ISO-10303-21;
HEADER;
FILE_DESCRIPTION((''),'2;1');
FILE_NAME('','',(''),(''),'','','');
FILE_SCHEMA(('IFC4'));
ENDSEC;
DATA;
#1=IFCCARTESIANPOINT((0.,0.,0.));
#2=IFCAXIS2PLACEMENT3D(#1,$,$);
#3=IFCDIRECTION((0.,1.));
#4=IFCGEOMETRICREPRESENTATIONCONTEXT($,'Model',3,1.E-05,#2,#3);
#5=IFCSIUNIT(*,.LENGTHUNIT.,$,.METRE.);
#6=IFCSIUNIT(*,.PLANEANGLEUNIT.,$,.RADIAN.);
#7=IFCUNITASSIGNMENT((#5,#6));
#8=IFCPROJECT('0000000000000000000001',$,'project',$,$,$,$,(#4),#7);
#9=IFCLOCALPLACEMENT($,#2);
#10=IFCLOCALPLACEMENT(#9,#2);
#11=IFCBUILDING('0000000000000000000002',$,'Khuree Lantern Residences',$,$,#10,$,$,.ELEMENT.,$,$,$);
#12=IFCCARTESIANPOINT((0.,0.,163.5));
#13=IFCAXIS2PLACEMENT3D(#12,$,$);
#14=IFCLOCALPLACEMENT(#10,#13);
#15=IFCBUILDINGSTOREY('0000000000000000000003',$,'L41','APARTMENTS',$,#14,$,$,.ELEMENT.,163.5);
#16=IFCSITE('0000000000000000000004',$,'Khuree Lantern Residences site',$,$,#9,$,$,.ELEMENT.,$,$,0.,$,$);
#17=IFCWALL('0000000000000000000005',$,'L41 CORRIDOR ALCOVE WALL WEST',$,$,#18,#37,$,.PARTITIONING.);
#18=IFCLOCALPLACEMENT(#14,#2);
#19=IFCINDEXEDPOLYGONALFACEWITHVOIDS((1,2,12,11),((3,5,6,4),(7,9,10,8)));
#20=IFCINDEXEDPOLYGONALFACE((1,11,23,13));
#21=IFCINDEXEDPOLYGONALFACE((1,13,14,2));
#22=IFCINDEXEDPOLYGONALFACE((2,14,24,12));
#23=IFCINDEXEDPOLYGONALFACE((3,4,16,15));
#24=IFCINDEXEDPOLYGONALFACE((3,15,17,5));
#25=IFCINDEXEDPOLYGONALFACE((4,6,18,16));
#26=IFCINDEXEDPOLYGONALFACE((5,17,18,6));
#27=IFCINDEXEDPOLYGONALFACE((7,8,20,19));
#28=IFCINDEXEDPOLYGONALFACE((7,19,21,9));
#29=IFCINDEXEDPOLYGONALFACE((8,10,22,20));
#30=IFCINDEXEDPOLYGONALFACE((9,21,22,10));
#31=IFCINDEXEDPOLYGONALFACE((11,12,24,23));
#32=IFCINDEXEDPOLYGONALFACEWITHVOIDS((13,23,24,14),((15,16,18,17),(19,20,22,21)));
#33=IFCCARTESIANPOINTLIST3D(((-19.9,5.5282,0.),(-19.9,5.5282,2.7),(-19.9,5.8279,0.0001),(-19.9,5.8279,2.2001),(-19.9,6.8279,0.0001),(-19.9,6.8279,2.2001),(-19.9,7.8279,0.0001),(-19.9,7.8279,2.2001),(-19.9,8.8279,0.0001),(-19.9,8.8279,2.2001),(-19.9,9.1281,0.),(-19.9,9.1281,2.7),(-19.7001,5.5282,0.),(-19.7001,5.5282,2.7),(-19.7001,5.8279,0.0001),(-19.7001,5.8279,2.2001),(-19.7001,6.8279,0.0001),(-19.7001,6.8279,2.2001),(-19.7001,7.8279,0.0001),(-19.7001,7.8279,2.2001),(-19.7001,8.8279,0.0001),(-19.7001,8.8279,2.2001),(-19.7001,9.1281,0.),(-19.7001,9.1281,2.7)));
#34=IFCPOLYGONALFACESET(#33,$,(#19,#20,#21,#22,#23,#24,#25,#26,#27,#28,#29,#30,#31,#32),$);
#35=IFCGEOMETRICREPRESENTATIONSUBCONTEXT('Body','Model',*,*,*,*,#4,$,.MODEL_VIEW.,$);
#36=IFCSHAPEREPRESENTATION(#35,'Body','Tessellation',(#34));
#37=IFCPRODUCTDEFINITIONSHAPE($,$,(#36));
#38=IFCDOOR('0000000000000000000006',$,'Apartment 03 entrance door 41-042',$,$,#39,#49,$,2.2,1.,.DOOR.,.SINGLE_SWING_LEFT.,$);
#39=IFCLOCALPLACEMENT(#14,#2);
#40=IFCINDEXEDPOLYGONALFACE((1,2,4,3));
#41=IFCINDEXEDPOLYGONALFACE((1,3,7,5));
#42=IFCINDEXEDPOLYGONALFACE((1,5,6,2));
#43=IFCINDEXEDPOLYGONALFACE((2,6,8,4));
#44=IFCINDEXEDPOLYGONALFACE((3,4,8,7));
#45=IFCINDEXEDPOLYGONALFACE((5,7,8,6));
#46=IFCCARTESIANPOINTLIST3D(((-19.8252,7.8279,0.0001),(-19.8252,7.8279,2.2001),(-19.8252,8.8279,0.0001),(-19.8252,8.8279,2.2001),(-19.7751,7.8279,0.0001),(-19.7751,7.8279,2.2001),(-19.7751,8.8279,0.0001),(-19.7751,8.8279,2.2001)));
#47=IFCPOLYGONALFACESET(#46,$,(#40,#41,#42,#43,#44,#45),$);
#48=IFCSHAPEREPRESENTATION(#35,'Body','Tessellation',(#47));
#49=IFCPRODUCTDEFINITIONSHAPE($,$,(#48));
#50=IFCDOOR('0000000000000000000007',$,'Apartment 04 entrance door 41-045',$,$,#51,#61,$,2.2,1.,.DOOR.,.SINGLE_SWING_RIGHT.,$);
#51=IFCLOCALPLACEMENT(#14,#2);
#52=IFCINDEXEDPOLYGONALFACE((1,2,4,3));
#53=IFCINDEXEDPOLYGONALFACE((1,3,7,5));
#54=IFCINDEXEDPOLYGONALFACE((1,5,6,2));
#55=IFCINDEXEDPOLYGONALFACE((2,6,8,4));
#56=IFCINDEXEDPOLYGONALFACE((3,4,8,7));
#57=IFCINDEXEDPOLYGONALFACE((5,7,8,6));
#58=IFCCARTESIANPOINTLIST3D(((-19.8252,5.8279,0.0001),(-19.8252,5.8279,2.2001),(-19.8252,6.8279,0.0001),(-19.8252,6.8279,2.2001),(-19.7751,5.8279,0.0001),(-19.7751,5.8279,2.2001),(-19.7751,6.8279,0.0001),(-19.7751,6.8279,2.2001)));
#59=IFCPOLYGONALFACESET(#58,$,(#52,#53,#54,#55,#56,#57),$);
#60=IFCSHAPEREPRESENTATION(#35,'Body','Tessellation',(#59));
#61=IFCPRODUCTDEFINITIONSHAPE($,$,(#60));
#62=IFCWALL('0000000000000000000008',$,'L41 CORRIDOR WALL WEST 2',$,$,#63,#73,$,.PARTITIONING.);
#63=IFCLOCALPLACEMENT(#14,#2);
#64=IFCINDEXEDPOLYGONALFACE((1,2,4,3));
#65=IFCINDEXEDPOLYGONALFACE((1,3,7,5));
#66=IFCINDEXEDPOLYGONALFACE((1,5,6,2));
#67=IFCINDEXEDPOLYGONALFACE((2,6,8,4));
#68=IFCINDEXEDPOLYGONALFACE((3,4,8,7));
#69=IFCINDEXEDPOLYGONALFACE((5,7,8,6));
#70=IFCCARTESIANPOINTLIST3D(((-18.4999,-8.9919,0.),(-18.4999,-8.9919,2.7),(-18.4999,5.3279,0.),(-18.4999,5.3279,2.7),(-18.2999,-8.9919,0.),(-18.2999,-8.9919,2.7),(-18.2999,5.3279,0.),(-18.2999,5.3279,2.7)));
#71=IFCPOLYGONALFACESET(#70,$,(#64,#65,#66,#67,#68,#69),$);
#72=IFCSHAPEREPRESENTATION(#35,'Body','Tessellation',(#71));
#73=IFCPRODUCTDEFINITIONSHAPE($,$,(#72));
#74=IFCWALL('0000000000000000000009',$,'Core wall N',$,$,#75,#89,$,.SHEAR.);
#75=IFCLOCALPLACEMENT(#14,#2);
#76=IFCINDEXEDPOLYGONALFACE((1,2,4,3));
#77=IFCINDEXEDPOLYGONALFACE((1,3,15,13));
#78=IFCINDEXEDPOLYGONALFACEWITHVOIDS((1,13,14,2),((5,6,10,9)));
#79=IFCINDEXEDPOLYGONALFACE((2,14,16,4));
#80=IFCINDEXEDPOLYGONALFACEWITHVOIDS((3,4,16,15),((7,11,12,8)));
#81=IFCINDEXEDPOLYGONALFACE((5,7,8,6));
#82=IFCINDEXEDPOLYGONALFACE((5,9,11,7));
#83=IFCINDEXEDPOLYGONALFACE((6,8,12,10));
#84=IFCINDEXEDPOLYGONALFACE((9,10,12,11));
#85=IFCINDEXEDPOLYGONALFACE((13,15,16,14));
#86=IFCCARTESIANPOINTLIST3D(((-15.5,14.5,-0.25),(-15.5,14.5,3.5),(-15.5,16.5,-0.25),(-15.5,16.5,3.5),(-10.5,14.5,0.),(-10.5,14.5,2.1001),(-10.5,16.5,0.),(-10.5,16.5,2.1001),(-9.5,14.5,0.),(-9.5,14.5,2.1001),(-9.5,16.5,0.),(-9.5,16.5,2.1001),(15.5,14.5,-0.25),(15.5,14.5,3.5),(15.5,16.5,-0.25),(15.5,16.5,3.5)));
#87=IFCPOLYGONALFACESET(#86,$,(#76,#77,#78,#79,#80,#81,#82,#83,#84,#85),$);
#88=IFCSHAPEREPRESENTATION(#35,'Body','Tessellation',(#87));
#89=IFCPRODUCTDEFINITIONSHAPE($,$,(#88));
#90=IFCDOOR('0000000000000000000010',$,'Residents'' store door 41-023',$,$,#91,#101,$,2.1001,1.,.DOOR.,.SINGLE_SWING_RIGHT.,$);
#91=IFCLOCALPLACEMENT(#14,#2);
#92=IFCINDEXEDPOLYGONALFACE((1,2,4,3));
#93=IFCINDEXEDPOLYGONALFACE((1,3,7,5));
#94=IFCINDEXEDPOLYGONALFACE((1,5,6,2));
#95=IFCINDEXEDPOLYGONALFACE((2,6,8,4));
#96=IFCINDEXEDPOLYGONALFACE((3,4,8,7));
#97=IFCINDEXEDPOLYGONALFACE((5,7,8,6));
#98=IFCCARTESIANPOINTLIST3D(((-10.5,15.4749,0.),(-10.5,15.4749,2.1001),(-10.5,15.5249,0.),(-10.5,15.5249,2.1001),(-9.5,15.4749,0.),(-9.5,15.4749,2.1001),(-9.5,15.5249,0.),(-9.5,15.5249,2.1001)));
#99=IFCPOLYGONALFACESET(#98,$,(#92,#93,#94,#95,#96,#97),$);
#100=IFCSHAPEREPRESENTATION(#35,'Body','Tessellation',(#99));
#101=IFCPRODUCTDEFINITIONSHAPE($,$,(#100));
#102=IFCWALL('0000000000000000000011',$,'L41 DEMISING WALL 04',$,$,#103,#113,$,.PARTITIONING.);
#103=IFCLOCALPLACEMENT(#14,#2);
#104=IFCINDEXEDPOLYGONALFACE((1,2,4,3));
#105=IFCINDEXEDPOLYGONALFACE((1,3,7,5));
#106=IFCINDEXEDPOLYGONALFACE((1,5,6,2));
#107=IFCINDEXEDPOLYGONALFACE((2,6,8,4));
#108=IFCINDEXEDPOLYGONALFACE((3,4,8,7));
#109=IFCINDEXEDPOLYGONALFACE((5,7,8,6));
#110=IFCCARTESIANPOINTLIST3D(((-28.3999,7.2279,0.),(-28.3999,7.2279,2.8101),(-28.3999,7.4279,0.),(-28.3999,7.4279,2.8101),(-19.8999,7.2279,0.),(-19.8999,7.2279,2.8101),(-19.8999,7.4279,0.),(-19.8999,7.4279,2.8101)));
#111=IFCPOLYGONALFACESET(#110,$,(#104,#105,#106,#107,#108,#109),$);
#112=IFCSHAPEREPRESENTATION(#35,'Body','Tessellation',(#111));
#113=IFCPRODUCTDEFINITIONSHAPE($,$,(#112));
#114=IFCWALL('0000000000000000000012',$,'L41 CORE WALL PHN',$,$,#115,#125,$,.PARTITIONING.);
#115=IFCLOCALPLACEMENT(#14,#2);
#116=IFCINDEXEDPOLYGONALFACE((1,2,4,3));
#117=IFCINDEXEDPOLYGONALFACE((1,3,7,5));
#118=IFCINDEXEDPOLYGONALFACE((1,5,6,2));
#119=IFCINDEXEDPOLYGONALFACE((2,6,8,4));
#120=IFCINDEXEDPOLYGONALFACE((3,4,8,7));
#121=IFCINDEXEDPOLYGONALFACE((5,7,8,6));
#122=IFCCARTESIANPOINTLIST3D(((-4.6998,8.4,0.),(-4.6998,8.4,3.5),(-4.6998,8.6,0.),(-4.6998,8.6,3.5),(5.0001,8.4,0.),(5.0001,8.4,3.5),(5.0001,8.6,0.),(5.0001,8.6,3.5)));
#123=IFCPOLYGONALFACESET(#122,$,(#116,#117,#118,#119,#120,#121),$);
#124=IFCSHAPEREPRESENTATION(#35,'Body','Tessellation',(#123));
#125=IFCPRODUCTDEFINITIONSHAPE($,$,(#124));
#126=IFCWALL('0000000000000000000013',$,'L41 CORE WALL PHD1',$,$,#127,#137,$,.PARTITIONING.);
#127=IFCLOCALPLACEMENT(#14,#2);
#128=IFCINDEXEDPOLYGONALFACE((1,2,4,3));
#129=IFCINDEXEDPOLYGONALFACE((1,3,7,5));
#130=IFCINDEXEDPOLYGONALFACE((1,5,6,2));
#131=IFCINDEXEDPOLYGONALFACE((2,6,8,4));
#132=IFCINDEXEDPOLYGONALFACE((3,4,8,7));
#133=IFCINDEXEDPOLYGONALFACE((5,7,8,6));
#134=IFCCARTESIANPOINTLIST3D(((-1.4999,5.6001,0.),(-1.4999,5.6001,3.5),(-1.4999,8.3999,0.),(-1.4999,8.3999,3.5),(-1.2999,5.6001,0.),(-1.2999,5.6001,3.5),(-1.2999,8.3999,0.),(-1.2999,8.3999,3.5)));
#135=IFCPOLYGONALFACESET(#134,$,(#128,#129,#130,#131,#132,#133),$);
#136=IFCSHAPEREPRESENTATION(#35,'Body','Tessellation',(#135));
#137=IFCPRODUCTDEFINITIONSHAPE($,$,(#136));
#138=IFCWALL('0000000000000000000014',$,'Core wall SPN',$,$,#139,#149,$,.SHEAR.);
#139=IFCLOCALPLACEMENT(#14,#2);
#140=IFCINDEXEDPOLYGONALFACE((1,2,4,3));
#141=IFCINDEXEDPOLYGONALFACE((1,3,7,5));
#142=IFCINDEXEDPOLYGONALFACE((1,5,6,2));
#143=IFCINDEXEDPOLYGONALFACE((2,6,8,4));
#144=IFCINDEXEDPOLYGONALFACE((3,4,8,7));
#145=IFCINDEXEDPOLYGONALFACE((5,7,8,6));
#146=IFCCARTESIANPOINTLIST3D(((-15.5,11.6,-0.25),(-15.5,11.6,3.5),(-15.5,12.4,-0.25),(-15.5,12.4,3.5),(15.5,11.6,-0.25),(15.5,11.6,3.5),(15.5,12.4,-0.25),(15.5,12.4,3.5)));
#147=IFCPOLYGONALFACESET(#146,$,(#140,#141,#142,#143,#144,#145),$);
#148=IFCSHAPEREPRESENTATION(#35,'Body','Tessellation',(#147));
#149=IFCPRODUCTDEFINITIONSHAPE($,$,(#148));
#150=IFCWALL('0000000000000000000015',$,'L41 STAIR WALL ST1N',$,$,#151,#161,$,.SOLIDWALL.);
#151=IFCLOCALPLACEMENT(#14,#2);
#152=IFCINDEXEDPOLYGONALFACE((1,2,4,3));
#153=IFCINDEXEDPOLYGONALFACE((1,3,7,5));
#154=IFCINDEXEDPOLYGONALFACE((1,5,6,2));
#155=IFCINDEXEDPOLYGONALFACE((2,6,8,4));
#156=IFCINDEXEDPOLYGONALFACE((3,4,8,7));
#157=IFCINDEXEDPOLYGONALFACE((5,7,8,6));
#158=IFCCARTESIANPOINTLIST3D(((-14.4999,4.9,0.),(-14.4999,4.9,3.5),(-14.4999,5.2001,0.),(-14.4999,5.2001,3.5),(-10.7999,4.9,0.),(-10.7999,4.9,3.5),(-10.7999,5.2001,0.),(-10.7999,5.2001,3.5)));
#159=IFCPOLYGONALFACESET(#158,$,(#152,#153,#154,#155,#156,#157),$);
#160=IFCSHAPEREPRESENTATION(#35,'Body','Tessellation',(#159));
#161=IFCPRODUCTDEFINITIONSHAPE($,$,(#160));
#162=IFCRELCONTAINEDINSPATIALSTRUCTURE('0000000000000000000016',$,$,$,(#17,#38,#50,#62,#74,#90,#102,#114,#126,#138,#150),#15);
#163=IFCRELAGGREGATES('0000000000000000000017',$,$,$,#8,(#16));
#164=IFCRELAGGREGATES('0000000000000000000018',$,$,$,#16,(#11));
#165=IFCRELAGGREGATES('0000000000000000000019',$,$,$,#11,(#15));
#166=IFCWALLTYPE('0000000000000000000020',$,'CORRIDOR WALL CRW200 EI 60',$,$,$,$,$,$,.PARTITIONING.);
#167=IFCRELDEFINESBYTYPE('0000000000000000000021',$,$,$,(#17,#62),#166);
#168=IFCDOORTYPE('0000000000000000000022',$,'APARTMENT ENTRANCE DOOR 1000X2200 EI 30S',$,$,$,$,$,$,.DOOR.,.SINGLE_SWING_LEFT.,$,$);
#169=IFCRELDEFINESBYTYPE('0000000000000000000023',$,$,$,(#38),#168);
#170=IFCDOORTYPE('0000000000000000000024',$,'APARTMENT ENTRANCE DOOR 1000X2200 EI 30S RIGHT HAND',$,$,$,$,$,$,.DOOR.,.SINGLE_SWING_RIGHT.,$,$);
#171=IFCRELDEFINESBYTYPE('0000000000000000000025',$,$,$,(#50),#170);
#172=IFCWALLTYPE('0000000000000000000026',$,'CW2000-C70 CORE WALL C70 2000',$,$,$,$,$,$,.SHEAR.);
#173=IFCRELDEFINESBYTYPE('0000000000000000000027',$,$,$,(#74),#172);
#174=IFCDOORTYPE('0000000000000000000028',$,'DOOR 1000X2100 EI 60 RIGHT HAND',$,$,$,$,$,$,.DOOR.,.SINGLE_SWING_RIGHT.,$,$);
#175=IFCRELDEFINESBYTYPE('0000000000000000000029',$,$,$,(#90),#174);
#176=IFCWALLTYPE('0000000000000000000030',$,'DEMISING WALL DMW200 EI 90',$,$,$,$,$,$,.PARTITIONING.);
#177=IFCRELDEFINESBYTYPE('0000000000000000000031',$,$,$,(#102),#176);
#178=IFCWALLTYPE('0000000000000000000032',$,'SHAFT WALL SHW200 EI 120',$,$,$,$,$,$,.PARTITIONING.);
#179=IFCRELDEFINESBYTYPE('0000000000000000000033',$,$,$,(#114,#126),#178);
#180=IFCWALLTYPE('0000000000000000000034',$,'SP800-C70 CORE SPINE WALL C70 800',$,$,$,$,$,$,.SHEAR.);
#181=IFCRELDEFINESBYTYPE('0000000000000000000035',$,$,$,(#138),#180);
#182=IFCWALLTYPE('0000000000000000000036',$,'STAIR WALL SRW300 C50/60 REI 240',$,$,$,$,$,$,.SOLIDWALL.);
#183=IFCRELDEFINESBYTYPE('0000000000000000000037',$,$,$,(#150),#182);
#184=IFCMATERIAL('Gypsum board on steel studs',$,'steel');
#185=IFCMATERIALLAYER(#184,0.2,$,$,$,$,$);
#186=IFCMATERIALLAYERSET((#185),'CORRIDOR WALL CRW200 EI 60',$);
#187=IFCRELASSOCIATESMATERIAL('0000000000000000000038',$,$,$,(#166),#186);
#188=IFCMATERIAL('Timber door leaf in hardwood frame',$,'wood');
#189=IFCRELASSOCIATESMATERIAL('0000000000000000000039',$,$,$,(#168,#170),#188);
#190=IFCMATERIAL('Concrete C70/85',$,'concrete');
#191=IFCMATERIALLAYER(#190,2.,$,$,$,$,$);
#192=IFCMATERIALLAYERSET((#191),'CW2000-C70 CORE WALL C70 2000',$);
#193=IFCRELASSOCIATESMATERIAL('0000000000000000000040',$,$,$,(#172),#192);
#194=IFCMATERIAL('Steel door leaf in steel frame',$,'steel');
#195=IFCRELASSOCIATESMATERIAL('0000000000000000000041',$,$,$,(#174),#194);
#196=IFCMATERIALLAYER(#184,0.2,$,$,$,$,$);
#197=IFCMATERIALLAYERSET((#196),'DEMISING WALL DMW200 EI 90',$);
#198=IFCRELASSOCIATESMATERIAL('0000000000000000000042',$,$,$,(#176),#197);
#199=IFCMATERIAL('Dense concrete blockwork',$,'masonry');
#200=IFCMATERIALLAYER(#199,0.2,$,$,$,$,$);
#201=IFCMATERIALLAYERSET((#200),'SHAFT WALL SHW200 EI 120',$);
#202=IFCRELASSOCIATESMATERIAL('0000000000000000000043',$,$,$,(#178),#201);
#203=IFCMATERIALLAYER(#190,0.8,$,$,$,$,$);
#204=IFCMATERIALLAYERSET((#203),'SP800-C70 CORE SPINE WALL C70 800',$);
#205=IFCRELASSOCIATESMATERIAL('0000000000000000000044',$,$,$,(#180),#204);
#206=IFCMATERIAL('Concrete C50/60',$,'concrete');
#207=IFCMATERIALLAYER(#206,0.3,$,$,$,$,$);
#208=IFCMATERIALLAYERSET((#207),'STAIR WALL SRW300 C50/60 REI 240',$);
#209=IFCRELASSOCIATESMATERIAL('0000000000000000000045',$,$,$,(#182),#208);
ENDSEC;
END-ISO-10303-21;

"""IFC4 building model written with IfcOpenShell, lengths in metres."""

from ifc_helpers import new_model, si_unit, direction, frame, frame_2d, origin, place, context, subcontext, project, spatial, rectangle, extrude, material, layer, layer_set, type_object, element, fill, save


model = new_model("IFC4")

# Units and contexts
model_context = context("Model", 3, precision=1e-05, world=origin(), true_north=direction((0.0, 1.0)))
body_context = subcontext(model_context, "Body", "Model", "MODEL_VIEW")
ifc_project = project(units=[si_unit("LENGTHUNIT", "METRE"), si_unit("PLANEANGLEUNIT", "RADIAN")], contexts=[model_context])

# Site, building, storey
site_placement = place(None, origin())
site = spatial("IfcSite", under=ifc_project, at=site_placement, Name="Khuree Lantern Residences site", CompositionType="ELEMENT", RefElevation=0.0)
building_placement = place(site_placement, origin())
building = spatial("IfcBuilding", under=site, at=building_placement, Name="Khuree Lantern Residences", CompositionType="ELEMENT")
storey_placement = place(building_placement, frame((0.0, 0.0, 163.5)))
storey = spatial("IfcBuildingStorey", under=building, at=storey_placement, Name="L41", Description="APARTMENTS", CompositionType="ELEMENT", Elevation=163.5)

# Shared definitions
ifc_material_1 = material(Name="Concrete C70/85", Category="concrete")

# Shared definitions
ifc_material_2 = material(Name="Dense concrete blockwork", Category="masonry")

# Shared definitions
ifc_material_3 = material(Name="Steel door leaf in steel frame", Category="steel")
ifc_material_4 = material(Name="Timber door leaf in hardwood frame", Category="wood")

# Shared definitions
ifc_material_5 = material(Name="Gypsum board on steel studs", Category="steel")
ifc_layer_1 = layer(ifc_material_5, 0.2)
ifc_layer_set_1 = layer_set([ifc_layer_1], Name="CORRIDOR WALL CRW200 EI 60")
wall_type_1 = type_object("IfcWallType", Name="CORRIDOR WALL CRW200 EI 60", PredefinedType="PARTITIONING", material=ifc_layer_set_1)

# Wall, openings, doors
wall_1_placement = place(storey_placement, frame((-19.8, 9.1279, 0.0), z_axis=(0.0, 0.0, 1.0), x_axis=(0.0, -1.0, 0.0)))
wall_1 = element("IfcWall", 1, at=wall_1_placement, inside=storey, type_object=wall_type_1, Name="L41 CORRIDOR ALCOVE WALL WEST", PredefinedType="PARTITIONING", context=body_context, shape_type="SweptSolid", body=[
    extrude(rectangle(XDim=3.5999, YDim=0.2, at=frame_2d((1.7998, 0.0))), origin(), (0.0, 0.0, 1.0), 2.7),
])
opening_1_placement = place(wall_1_placement, frame((0.3, 0.0, 0.0)))
opening_1 = element("IfcOpeningElement", 2, at=opening_1_placement, cuts=wall_1, PredefinedType="OPENING", context=body_context, shape_type="SweptSolid", body=[
    extrude(rectangle(XDim=1.0, YDim=2.2, at=frame_2d((0.5, 1.1001))), frame((0.0, 0.1099, 0.0), z_axis=(0.0, -1.0, 0.0), x_axis=(1.0, 0.0, 0.0)), (0.0, 0.0, 1.0), 0.22),
])
opening_2_placement = place(wall_1_placement, frame((2.3, 0.0, 0.0)))
opening_2 = element("IfcOpeningElement", 3, at=opening_2_placement, cuts=wall_1, PredefinedType="OPENING", context=body_context, shape_type="SweptSolid", body=[
    extrude(rectangle(XDim=1.0, YDim=2.2, at=frame_2d((0.5, 1.1001))), frame((0.0, 0.1099, 0.0), z_axis=(0.0, -1.0, 0.0), x_axis=(1.0, 0.0, 0.0)), (0.0, 0.0, 1.0), 0.22),
])
door_type_1 = type_object("IfcDoorType", Name="APARTMENT ENTRANCE DOOR 1000X2200 EI 30S", OperationType="SINGLE_SWING_LEFT", PredefinedType="DOOR", material=ifc_material_4)
door_1_placement = place(opening_1_placement, origin())
door_1 = element("IfcDoor", 4, at=door_1_placement, inside=storey, type_object=door_type_1, Name="Apartment 03 entrance door 41-042", OperationType="SINGLE_SWING_LEFT", OverallHeight=2.2, OverallWidth=1.0, PredefinedType="DOOR", context=body_context, shape_type="SweptSolid", body=[
    extrude(rectangle(XDim=1.0, YDim=2.2, at=frame_2d((0.5, 1.1001))), frame((0.0, 0.0249, 0.0), z_axis=(0.0, -1.0, 0.0), x_axis=(1.0, 0.0, 0.0)), (0.0, 0.0, 1.0), 0.05),
])
fill(opening_1, door_1)
door_type_2 = type_object("IfcDoorType", Name="APARTMENT ENTRANCE DOOR 1000X2200 EI 30S RIGHT HAND", OperationType="SINGLE_SWING_RIGHT", PredefinedType="DOOR", material=ifc_material_4)
door_2_placement = place(opening_2_placement, origin())
door_2 = element("IfcDoor", 5, at=door_2_placement, inside=storey, type_object=door_type_2, Name="Apartment 04 entrance door 41-045", OperationType="SINGLE_SWING_RIGHT", OverallHeight=2.2, OverallWidth=1.0, PredefinedType="DOOR", context=body_context, shape_type="SweptSolid", body=[
    extrude(rectangle(XDim=1.0, YDim=2.2, at=frame_2d((0.5, 1.1001))), frame((0.0, 0.0249, 0.0), z_axis=(0.0, -1.0, 0.0), x_axis=(1.0, 0.0, 0.0)), (0.0, 0.0, 1.0), 0.05),
])
fill(opening_2, door_2)

# Wall
wall_2_placement = place(storey_placement, frame((-18.3999, 5.3279, 0.0), z_axis=(0.0, 0.0, 1.0), x_axis=(0.0, -1.0, 0.0)))
element("IfcWall", 6, at=wall_2_placement, inside=storey, type_object=wall_type_1, Name="L41 CORRIDOR WALL WEST 2", PredefinedType="PARTITIONING", context=body_context, shape_type="SweptSolid", body=[
    extrude(rectangle(XDim=14.3198, YDim=0.2, at=frame_2d((7.1599, 0.0))), origin(), (0.0, 0.0, 1.0), 2.7),
])

# Wall, opening, door
ifc_layer_2 = layer(ifc_material_1, 2.0)
ifc_layer_set_2 = layer_set([ifc_layer_2], Name="CW2000-C70 CORE WALL C70 2000")
wall_type_2 = type_object("IfcWallType", Name="CW2000-C70 CORE WALL C70 2000", PredefinedType="SHEAR", material=ifc_layer_set_2)
wall_3_placement = place(storey_placement, frame((-15.5, 15.5, -0.25), z_axis=(0.0, 0.0, 1.0), x_axis=(1.0, 0.0, 0.0)))
wall_3 = element("IfcWall", 7, at=wall_3_placement, inside=storey, type_object=wall_type_2, Name="Core wall N", PredefinedType="SHEAR", context=body_context, shape_type="SweptSolid", body=[
    extrude(rectangle(XDim=31.0, YDim=2.0, at=frame_2d((15.5, 0.0))), origin(), (0.0, 0.0, 1.0), 3.75),
])
opening_3_placement = place(wall_3_placement, frame((5.0, 0.0, 0.25)))
opening_3 = element("IfcOpeningElement", 8, at=opening_3_placement, cuts=wall_3, PredefinedType="OPENING", context=body_context, shape_type="SweptSolid", body=[
    extrude(rectangle(XDim=1.0, YDim=2.1001, at=frame_2d((0.5, 1.05))), frame((0.0, 1.01, 0.0), z_axis=(0.0, -1.0, 0.0), x_axis=(1.0, 0.0, 0.0)), (0.0, 0.0, 1.0), 2.02),
])
door_type_3 = type_object("IfcDoorType", Name="DOOR 1000X2100 EI 60 RIGHT HAND", OperationType="SINGLE_SWING_RIGHT", PredefinedType="DOOR", material=ifc_material_3)
door_3_placement = place(opening_3_placement, origin())
door_3 = element("IfcDoor", 9, at=door_3_placement, inside=storey, type_object=door_type_3, Name="Residents' store door 41-023", OperationType="SINGLE_SWING_RIGHT", OverallHeight=2.1001, OverallWidth=1.0, PredefinedType="DOOR", context=body_context, shape_type="SweptSolid", body=[
    extrude(rectangle(XDim=1.0, YDim=2.1001, at=frame_2d((0.5, 1.05))), frame((0.0, 0.0249, 0.0), z_axis=(0.0, -1.0, 0.0), x_axis=(1.0, 0.0, 0.0)), (0.0, 0.0, 1.0), 0.05),
])
fill(opening_3, door_3)

# Walls
ifc_layer_3 = layer(ifc_material_5, 0.2)
ifc_layer_set_3 = layer_set([ifc_layer_3], Name="DEMISING WALL DMW200 EI 90")
wall_type_3 = type_object("IfcWallType", Name="DEMISING WALL DMW200 EI 90", PredefinedType="PARTITIONING", material=ifc_layer_set_3)
wall_4_placement = place(storey_placement, frame((-19.8999, 7.3279, 0.0), z_axis=(0.0, 0.0, 1.0), x_axis=(-1.0, 0.0, 0.0)))
element("IfcWall", 10, at=wall_4_placement, inside=storey, type_object=wall_type_3, Name="L41 DEMISING WALL 04", PredefinedType="PARTITIONING", context=body_context, shape_type="SweptSolid", body=[
    extrude(rectangle(XDim=8.5, YDim=0.2, at=frame_2d((4.25, 0.0))), origin(), (0.0, 0.0, 1.0), 2.8101),
])
ifc_layer_4 = layer(ifc_material_2, 0.2)
ifc_layer_set_4 = layer_set([ifc_layer_4], Name="SHAFT WALL SHW200 EI 120")
wall_type_4 = type_object("IfcWallType", Name="SHAFT WALL SHW200 EI 120", PredefinedType="PARTITIONING", material=ifc_layer_set_4)
wall_5_placement = place(storey_placement, frame((-4.7, 8.5, 0.0), z_axis=(0.0, 0.0, 1.0), x_axis=(1.0, 0.0, 0.0)))
element("IfcWall", 11, at=wall_5_placement, inside=storey, type_object=wall_type_4, Name="L41 CORE WALL PHN", PredefinedType="PARTITIONING", context=body_context, shape_type="SweptSolid", body=[
    extrude(rectangle(XDim=9.7, YDim=0.2, at=frame_2d((4.8501, 0.0))), origin(), (0.0, 0.0, 1.0), 3.5),
])
wall_6_placement = place(storey_placement, frame((-1.3999, 5.6001, 0.0), z_axis=(0.0, 0.0, 1.0), x_axis=(0.0, 1.0, 0.0)))
element("IfcWall", 12, at=wall_6_placement, inside=storey, type_object=wall_type_4, Name="L41 CORE WALL PHD1", PredefinedType="PARTITIONING", context=body_context, shape_type="SweptSolid", body=[
    extrude(rectangle(XDim=2.7998, YDim=0.2, at=frame_2d((1.3999, 0.0))), origin(), (0.0, 0.0, 1.0), 3.5),
])
ifc_layer_5 = layer(ifc_material_1, 0.8)
ifc_layer_set_5 = layer_set([ifc_layer_5], Name="SP800-C70 CORE SPINE WALL C70 800")
wall_type_5 = type_object("IfcWallType", Name="SP800-C70 CORE SPINE WALL C70 800", PredefinedType="SHEAR", material=ifc_layer_set_5)
wall_7_placement = place(storey_placement, frame((-15.5, 12.0, -0.25), z_axis=(0.0, 0.0, 1.0), x_axis=(1.0, 0.0, 0.0)))
element("IfcWall", 13, at=wall_7_placement, inside=storey, type_object=wall_type_5, Name="Core wall SPN", PredefinedType="SHEAR", context=body_context, shape_type="SweptSolid", body=[
    extrude(rectangle(XDim=31.0, YDim=0.8, at=frame_2d((15.5, 0.0))), origin(), (0.0, 0.0, 1.0), 3.75),
])
ifc_material_6 = material(Name="Concrete C50/60", Category="concrete")
ifc_layer_6 = layer(ifc_material_6, 0.3)
ifc_layer_set_6 = layer_set([ifc_layer_6], Name="STAIR WALL SRW300 C50/60 REI 240")
wall_type_6 = type_object("IfcWallType", Name="STAIR WALL SRW300 C50/60 REI 240", PredefinedType="SOLIDWALL", material=ifc_layer_set_6)
wall_8_placement = place(storey_placement, frame((-14.5, 5.05, 0.0), z_axis=(0.0, 0.0, 1.0), x_axis=(1.0, 0.0, 0.0)))
element("IfcWall", 14, at=wall_8_placement, inside=storey, type_object=wall_type_6, Name="L41 STAIR WALL ST1N", PredefinedType="SOLIDWALL", context=body_context, shape_type="SweptSolid", body=[
    extrude(rectangle(XDim=3.7, YDim=0.3, at=frame_2d((1.8501, 0.0))), origin(), (0.0, 0.0, 1.0), 3.5),
])

save(model, "model.ifc")
